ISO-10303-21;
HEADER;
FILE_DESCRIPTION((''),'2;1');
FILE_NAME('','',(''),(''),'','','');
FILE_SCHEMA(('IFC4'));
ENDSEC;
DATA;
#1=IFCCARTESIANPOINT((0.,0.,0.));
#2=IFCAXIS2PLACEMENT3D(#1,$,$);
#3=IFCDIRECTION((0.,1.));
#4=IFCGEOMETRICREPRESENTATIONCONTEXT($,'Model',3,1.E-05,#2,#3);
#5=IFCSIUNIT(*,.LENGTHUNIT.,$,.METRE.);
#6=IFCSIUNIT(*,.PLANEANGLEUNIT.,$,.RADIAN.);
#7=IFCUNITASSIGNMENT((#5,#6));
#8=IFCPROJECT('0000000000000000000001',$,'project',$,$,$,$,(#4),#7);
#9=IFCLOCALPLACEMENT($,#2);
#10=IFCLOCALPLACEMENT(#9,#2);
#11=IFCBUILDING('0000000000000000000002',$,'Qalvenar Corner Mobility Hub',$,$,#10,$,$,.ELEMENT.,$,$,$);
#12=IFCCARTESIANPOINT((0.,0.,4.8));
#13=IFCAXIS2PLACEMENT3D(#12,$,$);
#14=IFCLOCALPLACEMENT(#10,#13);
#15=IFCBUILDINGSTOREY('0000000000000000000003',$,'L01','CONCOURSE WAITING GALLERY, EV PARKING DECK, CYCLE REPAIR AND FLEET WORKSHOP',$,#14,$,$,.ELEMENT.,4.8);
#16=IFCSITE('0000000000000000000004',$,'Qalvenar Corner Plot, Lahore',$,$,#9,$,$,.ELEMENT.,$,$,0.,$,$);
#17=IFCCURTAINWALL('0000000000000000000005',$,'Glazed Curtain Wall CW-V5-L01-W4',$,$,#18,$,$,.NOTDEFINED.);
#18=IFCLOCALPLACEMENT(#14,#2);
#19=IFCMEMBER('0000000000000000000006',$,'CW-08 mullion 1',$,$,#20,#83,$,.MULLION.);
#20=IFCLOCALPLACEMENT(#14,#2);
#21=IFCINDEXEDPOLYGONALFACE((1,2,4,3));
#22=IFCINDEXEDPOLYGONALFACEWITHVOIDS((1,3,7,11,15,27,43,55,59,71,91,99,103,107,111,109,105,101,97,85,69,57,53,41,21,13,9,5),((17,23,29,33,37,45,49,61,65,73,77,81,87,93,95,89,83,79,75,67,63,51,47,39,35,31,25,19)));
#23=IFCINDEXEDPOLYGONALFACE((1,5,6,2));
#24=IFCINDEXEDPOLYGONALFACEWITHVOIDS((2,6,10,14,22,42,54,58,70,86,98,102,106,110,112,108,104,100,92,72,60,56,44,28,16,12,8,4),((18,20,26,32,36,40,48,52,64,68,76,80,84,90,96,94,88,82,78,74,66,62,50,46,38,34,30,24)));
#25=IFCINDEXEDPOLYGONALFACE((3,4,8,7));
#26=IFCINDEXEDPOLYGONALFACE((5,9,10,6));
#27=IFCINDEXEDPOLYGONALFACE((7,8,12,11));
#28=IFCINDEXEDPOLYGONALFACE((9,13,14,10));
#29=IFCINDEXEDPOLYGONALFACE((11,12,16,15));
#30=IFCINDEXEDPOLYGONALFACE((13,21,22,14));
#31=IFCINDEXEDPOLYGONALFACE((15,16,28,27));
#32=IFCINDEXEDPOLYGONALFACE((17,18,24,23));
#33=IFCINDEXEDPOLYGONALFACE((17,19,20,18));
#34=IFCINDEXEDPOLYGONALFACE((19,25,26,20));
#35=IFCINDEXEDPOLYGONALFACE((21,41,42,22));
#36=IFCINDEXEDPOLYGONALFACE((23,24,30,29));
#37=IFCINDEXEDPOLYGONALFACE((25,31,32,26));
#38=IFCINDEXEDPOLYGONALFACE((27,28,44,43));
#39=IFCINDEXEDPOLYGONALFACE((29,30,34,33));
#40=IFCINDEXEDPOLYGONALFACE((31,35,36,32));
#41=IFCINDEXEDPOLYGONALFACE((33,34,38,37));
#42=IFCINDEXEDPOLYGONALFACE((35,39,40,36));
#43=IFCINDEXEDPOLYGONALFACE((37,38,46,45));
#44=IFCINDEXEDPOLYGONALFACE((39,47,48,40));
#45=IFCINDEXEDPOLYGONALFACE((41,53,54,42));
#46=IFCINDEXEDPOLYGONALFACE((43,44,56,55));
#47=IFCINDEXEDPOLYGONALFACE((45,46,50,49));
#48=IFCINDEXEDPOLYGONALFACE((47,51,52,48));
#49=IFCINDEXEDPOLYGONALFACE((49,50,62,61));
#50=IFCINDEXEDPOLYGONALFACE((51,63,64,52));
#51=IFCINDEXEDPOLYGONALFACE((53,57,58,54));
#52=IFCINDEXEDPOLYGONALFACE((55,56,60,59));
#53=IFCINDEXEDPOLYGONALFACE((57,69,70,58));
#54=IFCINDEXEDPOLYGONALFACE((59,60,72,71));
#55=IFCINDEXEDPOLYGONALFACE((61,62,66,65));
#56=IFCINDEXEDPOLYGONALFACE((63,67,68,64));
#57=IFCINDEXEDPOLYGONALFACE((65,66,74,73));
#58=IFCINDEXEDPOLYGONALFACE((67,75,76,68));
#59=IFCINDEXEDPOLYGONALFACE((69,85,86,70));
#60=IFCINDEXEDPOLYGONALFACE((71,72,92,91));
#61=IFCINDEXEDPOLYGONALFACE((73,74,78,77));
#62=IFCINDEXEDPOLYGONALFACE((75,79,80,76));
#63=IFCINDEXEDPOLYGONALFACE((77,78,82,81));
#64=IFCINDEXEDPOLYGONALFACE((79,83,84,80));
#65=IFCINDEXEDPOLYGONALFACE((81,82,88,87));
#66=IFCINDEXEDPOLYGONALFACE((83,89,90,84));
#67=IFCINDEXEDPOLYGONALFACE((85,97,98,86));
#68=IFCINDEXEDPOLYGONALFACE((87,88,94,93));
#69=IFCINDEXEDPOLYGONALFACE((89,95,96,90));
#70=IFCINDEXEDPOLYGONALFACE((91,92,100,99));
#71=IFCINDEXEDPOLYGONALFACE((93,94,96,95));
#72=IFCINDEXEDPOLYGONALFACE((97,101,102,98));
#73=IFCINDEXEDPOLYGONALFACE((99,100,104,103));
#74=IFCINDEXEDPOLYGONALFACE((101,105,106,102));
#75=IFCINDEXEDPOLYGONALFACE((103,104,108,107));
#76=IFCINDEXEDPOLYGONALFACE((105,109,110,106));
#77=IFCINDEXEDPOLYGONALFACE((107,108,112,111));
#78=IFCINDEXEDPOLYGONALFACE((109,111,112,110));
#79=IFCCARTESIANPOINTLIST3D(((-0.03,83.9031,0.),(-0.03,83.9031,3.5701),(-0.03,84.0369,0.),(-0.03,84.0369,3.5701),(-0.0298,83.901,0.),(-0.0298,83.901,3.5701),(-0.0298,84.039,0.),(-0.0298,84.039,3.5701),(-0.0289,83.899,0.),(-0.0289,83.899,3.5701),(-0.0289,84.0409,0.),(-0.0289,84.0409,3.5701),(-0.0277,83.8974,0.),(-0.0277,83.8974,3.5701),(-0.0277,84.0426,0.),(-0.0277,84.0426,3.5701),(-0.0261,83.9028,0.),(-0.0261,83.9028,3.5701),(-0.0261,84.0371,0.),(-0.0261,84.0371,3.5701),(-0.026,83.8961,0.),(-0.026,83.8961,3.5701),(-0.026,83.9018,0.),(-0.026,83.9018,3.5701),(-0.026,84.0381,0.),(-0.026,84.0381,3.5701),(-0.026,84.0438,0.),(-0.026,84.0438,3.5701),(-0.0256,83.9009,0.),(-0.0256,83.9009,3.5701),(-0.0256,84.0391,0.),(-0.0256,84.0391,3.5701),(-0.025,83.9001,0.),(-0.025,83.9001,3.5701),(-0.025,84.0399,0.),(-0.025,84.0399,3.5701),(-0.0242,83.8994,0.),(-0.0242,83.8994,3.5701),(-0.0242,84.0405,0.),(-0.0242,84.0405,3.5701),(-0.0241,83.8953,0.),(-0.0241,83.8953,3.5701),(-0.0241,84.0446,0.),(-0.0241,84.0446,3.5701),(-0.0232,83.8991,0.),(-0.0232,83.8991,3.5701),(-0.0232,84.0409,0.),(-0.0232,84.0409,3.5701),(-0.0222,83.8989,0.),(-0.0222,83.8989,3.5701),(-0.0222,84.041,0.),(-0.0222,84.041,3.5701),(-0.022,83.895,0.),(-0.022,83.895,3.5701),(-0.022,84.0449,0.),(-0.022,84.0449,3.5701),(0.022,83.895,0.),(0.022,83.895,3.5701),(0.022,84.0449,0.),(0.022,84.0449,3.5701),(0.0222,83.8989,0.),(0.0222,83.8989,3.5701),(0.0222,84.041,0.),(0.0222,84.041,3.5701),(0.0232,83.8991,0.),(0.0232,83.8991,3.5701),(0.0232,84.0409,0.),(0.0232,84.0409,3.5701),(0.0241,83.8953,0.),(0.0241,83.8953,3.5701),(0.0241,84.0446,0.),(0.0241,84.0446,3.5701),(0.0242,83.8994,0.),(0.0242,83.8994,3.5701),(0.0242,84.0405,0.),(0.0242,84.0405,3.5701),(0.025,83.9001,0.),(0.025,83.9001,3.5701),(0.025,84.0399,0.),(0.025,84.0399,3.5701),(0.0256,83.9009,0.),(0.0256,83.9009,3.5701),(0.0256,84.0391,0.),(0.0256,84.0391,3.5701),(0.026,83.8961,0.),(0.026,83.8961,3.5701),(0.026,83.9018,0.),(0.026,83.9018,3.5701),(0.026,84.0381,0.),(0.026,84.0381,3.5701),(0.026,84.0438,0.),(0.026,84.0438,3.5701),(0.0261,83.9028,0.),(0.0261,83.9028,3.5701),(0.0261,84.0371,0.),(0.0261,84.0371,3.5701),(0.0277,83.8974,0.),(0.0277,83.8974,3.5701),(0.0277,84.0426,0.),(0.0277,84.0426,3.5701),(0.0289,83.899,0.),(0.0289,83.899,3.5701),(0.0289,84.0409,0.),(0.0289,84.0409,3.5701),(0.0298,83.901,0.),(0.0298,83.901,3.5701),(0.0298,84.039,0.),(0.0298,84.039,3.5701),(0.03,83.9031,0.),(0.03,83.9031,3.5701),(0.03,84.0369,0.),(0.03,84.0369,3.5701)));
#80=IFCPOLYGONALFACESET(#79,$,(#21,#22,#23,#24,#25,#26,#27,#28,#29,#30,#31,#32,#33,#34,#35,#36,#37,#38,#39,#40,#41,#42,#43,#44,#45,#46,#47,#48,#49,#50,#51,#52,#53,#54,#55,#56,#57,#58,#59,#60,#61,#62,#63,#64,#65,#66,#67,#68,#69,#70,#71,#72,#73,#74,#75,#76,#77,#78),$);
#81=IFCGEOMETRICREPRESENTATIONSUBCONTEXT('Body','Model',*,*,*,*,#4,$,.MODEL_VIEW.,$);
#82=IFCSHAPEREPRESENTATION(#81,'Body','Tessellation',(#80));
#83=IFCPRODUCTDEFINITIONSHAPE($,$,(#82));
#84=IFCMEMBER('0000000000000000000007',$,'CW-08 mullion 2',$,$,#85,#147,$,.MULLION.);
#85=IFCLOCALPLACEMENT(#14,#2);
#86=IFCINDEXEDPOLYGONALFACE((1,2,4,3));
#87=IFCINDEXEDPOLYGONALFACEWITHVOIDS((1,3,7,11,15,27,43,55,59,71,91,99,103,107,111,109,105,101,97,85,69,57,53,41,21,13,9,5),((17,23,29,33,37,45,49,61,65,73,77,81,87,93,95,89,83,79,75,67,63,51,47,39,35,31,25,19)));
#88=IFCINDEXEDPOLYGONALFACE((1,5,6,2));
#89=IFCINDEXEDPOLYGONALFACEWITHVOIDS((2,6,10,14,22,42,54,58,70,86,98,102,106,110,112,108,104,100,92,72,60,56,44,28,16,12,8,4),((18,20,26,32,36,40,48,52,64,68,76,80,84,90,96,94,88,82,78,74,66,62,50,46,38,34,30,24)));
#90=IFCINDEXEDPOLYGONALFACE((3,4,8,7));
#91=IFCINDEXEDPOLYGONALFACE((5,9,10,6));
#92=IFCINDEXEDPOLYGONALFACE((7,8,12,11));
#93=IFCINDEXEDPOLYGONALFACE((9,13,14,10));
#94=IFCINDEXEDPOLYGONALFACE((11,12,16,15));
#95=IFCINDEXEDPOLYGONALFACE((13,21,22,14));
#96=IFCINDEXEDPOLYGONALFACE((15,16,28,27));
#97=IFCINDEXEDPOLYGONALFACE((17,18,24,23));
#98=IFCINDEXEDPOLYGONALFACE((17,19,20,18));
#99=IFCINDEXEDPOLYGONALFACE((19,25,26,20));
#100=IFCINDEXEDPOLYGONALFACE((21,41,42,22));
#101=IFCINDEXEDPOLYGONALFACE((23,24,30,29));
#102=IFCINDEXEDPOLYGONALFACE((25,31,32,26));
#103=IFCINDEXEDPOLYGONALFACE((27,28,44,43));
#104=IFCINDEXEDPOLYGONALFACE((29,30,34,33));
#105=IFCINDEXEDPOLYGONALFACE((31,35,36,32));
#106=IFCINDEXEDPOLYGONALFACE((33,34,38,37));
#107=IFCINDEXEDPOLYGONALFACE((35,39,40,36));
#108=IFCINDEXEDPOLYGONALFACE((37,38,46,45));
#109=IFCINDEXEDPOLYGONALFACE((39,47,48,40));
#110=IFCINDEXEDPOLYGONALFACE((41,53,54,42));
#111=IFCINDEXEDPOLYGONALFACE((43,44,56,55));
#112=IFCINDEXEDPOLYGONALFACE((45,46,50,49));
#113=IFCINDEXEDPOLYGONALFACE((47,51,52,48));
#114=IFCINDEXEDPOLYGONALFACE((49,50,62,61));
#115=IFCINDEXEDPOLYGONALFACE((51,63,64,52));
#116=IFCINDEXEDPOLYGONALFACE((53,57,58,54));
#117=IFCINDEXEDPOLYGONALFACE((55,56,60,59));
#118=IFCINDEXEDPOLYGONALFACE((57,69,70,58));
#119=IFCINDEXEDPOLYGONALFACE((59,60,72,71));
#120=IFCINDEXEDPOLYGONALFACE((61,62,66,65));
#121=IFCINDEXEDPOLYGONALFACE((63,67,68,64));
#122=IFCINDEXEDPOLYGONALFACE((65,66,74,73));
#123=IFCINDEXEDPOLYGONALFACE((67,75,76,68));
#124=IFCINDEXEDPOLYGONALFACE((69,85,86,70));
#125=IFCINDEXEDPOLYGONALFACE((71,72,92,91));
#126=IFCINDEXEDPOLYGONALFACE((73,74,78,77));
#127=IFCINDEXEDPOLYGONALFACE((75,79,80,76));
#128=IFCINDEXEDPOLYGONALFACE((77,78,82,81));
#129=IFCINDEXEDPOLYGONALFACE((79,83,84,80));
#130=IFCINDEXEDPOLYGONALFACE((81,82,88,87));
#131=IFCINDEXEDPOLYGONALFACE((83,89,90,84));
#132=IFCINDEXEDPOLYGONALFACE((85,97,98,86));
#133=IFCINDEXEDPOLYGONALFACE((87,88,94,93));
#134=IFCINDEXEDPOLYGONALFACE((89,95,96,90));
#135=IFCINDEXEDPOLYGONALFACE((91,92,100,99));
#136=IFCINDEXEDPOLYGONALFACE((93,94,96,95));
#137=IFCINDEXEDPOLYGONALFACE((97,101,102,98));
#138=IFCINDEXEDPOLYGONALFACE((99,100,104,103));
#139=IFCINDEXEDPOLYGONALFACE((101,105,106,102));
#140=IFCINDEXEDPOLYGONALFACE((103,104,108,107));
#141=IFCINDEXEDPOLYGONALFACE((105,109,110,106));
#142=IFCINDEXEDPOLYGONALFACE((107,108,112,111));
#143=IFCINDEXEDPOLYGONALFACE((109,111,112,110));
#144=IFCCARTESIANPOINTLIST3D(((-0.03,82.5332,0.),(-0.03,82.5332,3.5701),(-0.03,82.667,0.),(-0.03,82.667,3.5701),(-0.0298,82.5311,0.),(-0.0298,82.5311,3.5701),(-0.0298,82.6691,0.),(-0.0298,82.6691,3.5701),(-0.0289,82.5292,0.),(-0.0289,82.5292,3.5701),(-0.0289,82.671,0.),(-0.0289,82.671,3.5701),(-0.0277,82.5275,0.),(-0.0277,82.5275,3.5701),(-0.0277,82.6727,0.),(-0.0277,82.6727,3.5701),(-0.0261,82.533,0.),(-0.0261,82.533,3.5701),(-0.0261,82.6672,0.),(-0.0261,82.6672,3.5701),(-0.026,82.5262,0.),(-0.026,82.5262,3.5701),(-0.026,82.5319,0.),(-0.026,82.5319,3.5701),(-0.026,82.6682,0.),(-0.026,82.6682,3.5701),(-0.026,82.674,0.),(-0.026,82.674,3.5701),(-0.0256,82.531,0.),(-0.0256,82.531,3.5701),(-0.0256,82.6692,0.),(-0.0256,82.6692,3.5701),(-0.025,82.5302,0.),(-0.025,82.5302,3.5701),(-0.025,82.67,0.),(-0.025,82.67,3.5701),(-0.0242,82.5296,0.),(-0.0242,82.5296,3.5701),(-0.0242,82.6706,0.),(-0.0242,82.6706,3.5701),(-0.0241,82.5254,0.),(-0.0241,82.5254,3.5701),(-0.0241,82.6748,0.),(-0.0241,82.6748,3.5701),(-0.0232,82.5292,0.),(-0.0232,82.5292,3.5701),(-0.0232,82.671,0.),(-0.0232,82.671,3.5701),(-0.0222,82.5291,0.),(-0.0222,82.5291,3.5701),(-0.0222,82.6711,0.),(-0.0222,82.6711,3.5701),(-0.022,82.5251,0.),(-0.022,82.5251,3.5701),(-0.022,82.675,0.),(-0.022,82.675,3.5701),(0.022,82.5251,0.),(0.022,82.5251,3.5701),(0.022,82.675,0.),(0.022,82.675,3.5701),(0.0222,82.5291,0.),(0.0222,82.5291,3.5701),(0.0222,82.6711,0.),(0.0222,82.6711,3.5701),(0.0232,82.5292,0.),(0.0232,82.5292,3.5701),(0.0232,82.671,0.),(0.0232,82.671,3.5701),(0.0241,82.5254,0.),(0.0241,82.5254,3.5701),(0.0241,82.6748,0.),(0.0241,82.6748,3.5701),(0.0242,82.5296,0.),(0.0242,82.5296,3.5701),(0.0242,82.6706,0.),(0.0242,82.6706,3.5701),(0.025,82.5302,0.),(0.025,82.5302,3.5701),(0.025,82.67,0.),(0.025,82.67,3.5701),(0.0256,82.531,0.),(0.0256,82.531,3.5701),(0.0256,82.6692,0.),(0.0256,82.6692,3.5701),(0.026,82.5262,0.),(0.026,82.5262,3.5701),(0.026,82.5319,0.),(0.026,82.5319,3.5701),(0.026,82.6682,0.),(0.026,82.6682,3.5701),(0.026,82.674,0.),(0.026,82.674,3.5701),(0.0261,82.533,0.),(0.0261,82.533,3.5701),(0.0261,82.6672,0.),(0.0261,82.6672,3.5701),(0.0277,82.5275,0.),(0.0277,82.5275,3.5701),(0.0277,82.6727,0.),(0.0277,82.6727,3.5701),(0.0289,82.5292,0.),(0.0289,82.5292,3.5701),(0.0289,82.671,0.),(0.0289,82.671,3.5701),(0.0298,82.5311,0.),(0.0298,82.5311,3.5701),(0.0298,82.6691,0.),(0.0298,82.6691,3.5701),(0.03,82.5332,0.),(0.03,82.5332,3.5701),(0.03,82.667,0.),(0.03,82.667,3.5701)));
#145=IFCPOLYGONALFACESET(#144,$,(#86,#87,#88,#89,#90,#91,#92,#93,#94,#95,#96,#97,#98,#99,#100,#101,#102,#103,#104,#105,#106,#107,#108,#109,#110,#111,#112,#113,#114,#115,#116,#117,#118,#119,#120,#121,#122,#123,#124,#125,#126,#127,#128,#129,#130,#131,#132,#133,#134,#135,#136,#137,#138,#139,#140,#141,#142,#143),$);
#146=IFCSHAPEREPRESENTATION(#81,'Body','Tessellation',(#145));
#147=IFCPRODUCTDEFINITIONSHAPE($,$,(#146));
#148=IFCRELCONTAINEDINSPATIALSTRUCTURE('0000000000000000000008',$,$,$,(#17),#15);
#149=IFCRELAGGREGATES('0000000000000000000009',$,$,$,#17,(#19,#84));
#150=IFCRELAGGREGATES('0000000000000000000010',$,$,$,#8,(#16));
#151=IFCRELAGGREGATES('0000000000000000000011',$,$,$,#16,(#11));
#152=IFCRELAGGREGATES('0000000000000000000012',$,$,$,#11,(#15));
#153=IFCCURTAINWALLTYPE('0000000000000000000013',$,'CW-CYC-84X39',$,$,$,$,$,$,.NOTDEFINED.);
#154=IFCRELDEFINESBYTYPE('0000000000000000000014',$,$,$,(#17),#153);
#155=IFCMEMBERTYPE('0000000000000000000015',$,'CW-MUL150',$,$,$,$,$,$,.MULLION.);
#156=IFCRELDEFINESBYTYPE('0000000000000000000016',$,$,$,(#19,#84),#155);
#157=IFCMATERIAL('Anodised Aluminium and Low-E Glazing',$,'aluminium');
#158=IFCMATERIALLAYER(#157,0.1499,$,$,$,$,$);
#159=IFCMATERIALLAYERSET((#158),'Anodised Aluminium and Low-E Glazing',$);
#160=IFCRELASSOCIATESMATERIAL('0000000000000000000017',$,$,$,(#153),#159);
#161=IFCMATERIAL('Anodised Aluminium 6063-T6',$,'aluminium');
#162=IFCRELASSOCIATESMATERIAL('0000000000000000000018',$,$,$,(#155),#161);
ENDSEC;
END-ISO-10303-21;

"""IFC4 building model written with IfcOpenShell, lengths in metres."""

from ifc_helpers import new_model, si_unit, direction, frame, origin, origin_2d, place, context, subcontext, project, spatial, hollow_rectangle, extrude, material, layer, layer_set, material_profile, profile_set, type_object, element, aggregate, save


model = new_model("IFC4")

# Units and contexts
model_context = context("Model", 3, precision=1e-05, world=origin(), true_north=direction((0.0, 1.0)))
body_context = subcontext(model_context, "Body", "Model", "MODEL_VIEW")
ifc_project = project(units=[si_unit("LENGTHUNIT", "METRE"), si_unit("PLANEANGLEUNIT", "RADIAN")], contexts=[model_context])

# Site, building, storey
site_placement = place(None, origin())
site = spatial("IfcSite", under=ifc_project, at=site_placement, Name="Qalvenar Corner Plot, Lahore", CompositionType="ELEMENT", RefElevation=0.0)
building_placement = place(site_placement, origin())
building = spatial("IfcBuilding", under=site, at=building_placement, Name="Qalvenar Corner Mobility Hub", CompositionType="ELEMENT")
storey_placement = place(building_placement, frame((0.0, 0.0, 4.8)))
storey = spatial("IfcBuildingStorey", under=building, at=storey_placement, Name="L01", Description="CONCOURSE WAITING GALLERY, EV PARKING DECK, CYCLE REPAIR AND FLEET WORKSHOP", CompositionType="ELEMENT", Elevation=4.8)

# Curtain wall, members
ifc_material_1 = material(Name="Anodised Aluminium and Low-E Glazing", Category="aluminium")
ifc_layer_1 = layer(ifc_material_1, 0.1499)
ifc_layer_set_1 = layer_set([ifc_layer_1], Name="Anodised Aluminium and Low-E Glazing")
curtain_wall_type = type_object("IfcCurtainWallType", Name="CW-CYC-84X39", PredefinedType="NOTDEFINED", material=ifc_layer_set_1)
curtain_wall_1_placement = place(storey_placement, origin())
curtain_wall_1 = element("IfcCurtainWall", 1, at=curtain_wall_1_placement, inside=storey, type_object=curtain_wall_type, Name="Glazed Curtain Wall CW-V5-L01-W4", PredefinedType="NOTDEFINED")
ifc_material_2 = material(Name="Anodised Aluminium 6063-T6", Category="aluminium")
ifc_material_profile_1 = material_profile(ifc_material_2, hollow_rectangle(XDim=0.0601, YDim=0.1499, WallThickness=0.0039, InnerFilletRadius=0.0039, OuterFilletRadius=0.0081, at=origin_2d()), Name="RHS150x60x4")
ifc_profile_set_1 = profile_set([ifc_material_profile_1], Name="Anodised Aluminium 6063-T6")
member_type_1 = type_object("IfcMemberType", Name="CW-MUL150", PredefinedType="MULLION", material=ifc_profile_set_1)
member_1_placement = place(storey_placement, frame((0.0, 83.97, 0.0), z_axis=(0.0, 0.0, 1.0), x_axis=(1.0, 0.0, 0.0)))
member_1 = element("IfcMember", 2, at=member_1_placement, type_object=member_type_1, Name="CW-08 mullion 1", PredefinedType="MULLION", context=body_context, shape_type="SweptSolid", body=[
    extrude(hollow_rectangle(XDim=0.0601, YDim=0.1499, WallThickness=0.0039, InnerFilletRadius=0.0039, OuterFilletRadius=0.0081, at=origin_2d()), origin(), (0.0, 0.0, 1.0), 3.5701),
])
member_2_placement = place(storey_placement, frame((0.0, 82.6001, 0.0), z_axis=(0.0, 0.0, 1.0), x_axis=(1.0, 0.0, 0.0)))
member_2 = element("IfcMember", 3, at=member_2_placement, type_object=member_type_1, Name="CW-08 mullion 2", PredefinedType="MULLION", context=body_context, shape_type="SweptSolid", body=[
    extrude(hollow_rectangle(XDim=0.0601, YDim=0.1499, WallThickness=0.0039, InnerFilletRadius=0.0039, OuterFilletRadius=0.0081, at=origin_2d()), origin(), (0.0, 0.0, 1.0), 3.5701),
])

aggregate(curtain_wall_1, [member_1, member_2])

save(model, "model.ifc")
